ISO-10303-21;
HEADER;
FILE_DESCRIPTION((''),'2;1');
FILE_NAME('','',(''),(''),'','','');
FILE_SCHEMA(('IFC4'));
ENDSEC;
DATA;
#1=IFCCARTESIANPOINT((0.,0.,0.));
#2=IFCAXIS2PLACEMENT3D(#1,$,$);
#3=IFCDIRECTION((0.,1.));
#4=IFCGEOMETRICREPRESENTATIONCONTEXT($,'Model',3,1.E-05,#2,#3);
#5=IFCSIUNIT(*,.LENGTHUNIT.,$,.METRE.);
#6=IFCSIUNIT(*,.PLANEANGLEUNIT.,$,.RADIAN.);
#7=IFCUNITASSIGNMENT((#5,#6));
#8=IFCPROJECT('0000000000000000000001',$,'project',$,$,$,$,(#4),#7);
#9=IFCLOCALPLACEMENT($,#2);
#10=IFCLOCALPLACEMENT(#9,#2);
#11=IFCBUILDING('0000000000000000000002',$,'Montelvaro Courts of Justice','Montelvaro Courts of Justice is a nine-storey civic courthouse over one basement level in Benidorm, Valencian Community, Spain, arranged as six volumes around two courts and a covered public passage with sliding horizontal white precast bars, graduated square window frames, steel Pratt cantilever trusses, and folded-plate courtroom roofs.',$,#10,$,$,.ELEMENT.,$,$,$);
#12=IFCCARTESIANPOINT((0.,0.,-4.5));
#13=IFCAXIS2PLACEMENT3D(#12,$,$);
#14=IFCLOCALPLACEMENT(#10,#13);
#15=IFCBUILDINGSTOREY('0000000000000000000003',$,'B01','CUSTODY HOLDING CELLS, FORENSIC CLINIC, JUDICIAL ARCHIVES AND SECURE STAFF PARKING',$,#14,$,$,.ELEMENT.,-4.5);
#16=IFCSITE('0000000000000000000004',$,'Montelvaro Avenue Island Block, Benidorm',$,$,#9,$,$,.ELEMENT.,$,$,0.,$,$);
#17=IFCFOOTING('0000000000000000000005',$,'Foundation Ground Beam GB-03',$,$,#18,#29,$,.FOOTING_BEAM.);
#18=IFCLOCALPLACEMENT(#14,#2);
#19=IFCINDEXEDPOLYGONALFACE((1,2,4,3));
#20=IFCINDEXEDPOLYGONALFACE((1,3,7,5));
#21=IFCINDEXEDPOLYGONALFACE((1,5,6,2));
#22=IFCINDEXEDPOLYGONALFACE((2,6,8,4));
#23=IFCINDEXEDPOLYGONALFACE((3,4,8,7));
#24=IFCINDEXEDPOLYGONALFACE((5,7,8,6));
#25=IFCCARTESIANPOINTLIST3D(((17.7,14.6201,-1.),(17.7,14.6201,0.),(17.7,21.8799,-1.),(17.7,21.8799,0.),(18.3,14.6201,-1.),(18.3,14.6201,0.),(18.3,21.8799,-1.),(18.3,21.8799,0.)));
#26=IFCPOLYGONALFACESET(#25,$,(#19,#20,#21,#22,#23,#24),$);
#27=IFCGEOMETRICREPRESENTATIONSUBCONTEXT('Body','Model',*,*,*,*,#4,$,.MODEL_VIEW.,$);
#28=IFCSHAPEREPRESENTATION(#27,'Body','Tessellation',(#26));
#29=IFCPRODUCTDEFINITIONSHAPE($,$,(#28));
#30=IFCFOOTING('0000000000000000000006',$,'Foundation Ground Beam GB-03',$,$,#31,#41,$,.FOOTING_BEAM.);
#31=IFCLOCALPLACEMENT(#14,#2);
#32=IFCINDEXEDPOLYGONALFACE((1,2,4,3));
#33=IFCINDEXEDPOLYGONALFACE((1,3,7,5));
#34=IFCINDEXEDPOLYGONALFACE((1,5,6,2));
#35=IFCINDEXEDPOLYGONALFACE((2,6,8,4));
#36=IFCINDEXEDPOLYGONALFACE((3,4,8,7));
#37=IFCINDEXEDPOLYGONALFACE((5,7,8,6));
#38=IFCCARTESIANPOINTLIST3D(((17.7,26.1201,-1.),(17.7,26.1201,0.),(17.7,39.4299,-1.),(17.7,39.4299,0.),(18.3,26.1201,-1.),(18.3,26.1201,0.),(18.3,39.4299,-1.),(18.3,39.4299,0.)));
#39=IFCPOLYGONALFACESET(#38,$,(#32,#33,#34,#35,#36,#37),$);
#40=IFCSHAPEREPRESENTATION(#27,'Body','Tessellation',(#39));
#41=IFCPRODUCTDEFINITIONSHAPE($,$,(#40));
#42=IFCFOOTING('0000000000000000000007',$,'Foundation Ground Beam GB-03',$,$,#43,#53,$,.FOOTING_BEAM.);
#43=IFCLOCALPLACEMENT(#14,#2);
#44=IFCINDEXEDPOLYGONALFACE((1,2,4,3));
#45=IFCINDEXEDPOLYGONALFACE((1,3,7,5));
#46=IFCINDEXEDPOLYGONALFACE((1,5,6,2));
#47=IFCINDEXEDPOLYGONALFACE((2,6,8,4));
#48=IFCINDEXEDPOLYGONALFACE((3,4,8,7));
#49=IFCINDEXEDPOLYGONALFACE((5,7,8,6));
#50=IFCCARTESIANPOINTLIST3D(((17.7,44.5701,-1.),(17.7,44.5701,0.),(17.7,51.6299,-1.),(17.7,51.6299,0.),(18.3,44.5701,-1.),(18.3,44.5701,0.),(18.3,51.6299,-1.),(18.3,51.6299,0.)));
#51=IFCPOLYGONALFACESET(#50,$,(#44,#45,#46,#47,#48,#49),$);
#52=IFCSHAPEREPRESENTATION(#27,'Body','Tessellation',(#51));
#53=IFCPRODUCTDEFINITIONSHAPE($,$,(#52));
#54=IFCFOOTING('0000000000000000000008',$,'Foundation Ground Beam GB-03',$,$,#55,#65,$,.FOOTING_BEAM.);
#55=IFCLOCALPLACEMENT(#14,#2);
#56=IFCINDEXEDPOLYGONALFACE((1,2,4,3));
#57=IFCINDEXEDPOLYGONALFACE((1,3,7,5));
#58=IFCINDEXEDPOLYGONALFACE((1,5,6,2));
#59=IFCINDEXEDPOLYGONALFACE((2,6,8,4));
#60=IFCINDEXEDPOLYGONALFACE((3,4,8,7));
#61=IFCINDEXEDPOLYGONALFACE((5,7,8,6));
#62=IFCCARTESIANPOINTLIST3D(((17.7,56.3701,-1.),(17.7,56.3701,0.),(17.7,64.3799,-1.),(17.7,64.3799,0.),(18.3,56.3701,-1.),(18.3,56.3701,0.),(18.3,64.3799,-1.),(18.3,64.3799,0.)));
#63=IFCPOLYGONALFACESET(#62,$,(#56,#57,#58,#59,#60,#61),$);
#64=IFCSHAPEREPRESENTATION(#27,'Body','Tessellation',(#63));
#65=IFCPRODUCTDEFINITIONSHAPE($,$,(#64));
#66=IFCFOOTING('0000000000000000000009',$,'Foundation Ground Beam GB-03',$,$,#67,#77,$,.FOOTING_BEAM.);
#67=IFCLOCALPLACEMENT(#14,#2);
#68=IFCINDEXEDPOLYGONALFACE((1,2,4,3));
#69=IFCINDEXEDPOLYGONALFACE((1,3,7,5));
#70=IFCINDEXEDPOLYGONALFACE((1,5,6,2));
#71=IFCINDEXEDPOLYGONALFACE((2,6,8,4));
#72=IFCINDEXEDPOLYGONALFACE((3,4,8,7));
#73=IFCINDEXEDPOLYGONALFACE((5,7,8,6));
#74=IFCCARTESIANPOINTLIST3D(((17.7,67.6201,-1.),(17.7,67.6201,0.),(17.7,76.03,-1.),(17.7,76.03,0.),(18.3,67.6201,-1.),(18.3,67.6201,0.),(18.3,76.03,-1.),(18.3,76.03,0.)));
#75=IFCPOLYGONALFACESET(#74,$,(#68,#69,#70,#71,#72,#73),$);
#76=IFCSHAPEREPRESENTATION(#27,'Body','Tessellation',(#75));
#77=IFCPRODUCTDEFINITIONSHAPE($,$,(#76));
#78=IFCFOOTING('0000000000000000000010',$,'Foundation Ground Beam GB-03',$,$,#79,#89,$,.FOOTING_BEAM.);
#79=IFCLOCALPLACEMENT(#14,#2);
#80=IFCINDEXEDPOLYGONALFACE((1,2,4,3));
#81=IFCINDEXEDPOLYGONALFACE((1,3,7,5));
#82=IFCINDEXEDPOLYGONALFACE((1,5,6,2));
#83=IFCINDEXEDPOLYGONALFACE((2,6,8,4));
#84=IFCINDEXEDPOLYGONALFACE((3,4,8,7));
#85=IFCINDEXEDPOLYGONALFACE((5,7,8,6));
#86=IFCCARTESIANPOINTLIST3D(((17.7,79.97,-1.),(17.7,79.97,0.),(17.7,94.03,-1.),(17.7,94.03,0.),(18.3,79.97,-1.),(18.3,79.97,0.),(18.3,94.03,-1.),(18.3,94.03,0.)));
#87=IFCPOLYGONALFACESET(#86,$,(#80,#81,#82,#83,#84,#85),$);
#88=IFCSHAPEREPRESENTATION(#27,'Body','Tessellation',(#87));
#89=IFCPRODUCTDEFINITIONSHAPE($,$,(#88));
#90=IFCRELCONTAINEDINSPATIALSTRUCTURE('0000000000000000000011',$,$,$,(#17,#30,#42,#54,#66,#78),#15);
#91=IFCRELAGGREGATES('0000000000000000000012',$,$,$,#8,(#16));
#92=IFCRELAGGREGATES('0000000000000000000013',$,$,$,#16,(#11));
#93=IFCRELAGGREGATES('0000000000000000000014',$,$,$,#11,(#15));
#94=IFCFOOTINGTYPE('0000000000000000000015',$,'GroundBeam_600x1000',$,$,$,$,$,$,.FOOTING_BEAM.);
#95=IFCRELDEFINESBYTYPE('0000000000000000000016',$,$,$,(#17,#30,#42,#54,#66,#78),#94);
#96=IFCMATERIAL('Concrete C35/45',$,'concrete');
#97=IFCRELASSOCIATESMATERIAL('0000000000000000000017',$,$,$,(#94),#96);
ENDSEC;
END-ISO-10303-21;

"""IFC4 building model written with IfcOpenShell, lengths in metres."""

from ifc_helpers import new_model, si_unit, direction, frame, origin, place, context, subcontext, project, spatial, polyline, outline, extrude, material, type_object, element, save


model = new_model("IFC4")

# Units and contexts
model_context = context("Model", 3, precision=1e-05, world=origin(), true_north=direction((0.0, 1.0)))
body_context = subcontext(model_context, "Body", "Model", "MODEL_VIEW")
ifc_project = project(units=[si_unit("LENGTHUNIT", "METRE"), si_unit("PLANEANGLEUNIT", "RADIAN")], contexts=[model_context])

# Site, building, storey
site_placement = place(None, origin())
site = spatial("IfcSite", under=ifc_project, at=site_placement, Name="Montelvaro Avenue Island Block, Benidorm", CompositionType="ELEMENT", RefElevation=0.0)
building_placement = place(site_placement, origin())
building = spatial("IfcBuilding", under=site, at=building_placement, Name="Montelvaro Courts of Justice", Description="Montelvaro Courts of Justice is a nine-storey civic courthouse over one basement level in Benidorm, Valencian Community, Spain, arranged as six volumes around two courts and a covered public passage with sliding horizontal white precast bars, graduated square window frames, steel Pratt cantilever trusses, and folded-plate courtroom roofs.", CompositionType="ELEMENT")
storey_placement = place(building_placement, frame((0.0, 0.0, -4.5)))
storey = spatial("IfcBuildingStorey", under=building, at=storey_placement, Name="B01", Description="CUSTODY HOLDING CELLS, FORENSIC CLINIC, JUDICIAL ARCHIVES AND SECURE STAFF PARKING", CompositionType="ELEMENT", Elevation=-4.5)

# Footings
ifc_material = material(Name="Concrete C35/45", Category="concrete")
footing_type = type_object("IfcFootingType", Name="GroundBeam_600x1000", PredefinedType="FOOTING_BEAM", material=ifc_material)
footing_1_placement = place(storey_placement, frame((0.0, 0.0, -1.0)))
element("IfcFooting", 1, at=footing_1_placement, inside=storey, type_object=footing_type, Name="Foundation Ground Beam GB-03", PredefinedType="FOOTING_BEAM", context=body_context, shape_type="SweptSolid", body=[
    extrude(outline(polyline([(17.7, 14.6201), (18.3, 14.6201), (18.3, 21.8799), (17.7, 21.8799), (17.7, 14.6201)])), origin(), (0.0, 0.0, 1.0), 1.0),
])
footing_2_placement = place(storey_placement, frame((0.0, 0.0, -1.0)))
element("IfcFooting", 2, at=footing_2_placement, inside=storey, type_object=footing_type, Name="Foundation Ground Beam GB-03", PredefinedType="FOOTING_BEAM", context=body_context, shape_type="SweptSolid", body=[
    extrude(outline(polyline([(17.7, 26.1201), (18.3, 26.1201), (18.3, 39.4299), (17.7, 39.4299), (17.7, 26.1201)])), origin(), (0.0, 0.0, 1.0), 1.0),
])
footing_3_placement = place(storey_placement, frame((0.0, 0.0, -1.0)))
element("IfcFooting", 3, at=footing_3_placement, inside=storey, type_object=footing_type, Name="Foundation Ground Beam GB-03", PredefinedType="FOOTING_BEAM", context=body_context, shape_type="SweptSolid", body=[
    extrude(outline(polyline([(17.7, 44.5701), (18.3, 44.5701), (18.3, 51.6299), (17.7, 51.6299), (17.7, 44.5701)])), origin(), (0.0, 0.0, 1.0), 1.0),
])
footing_4_placement = place(storey_placement, frame((0.0, 0.0, -1.0)))
element("IfcFooting", 4, at=footing_4_placement, inside=storey, type_object=footing_type, Name="Foundation Ground Beam GB-03", PredefinedType="FOOTING_BEAM", context=body_context, shape_type="SweptSolid", body=[
    extrude(outline(polyline([(17.7, 56.3701), (18.3, 56.3701), (18.3, 64.3799), (17.7, 64.3799), (17.7, 56.3701)])), origin(), (0.0, 0.0, 1.0), 1.0),
])
footing_5_placement = place(storey_placement, frame((0.0, 0.0, -1.0)))
element("IfcFooting", 5, at=footing_5_placement, inside=storey, type_object=footing_type, Name="Foundation Ground Beam GB-03", PredefinedType="FOOTING_BEAM", context=body_context, shape_type="SweptSolid", body=[
    extrude(outline(polyline([(17.7, 67.6201), (18.3, 67.6201), (18.3, 76.03), (17.7, 76.03), (17.7, 67.6201)])), origin(), (0.0, 0.0, 1.0), 1.0),
])
footing_6_placement = place(storey_placement, frame((0.0, 0.0, -1.0)))
element("IfcFooting", 6, at=footing_6_placement, inside=storey, type_object=footing_type, Name="Foundation Ground Beam GB-03", PredefinedType="FOOTING_BEAM", context=body_context, shape_type="SweptSolid", body=[
    extrude(outline(polyline([(17.7, 79.97), (18.3, 79.97), (18.3, 94.03), (17.7, 94.03), (17.7, 79.97)])), origin(), (0.0, 0.0, 1.0), 1.0),
])

save(model, "model.ifc")
